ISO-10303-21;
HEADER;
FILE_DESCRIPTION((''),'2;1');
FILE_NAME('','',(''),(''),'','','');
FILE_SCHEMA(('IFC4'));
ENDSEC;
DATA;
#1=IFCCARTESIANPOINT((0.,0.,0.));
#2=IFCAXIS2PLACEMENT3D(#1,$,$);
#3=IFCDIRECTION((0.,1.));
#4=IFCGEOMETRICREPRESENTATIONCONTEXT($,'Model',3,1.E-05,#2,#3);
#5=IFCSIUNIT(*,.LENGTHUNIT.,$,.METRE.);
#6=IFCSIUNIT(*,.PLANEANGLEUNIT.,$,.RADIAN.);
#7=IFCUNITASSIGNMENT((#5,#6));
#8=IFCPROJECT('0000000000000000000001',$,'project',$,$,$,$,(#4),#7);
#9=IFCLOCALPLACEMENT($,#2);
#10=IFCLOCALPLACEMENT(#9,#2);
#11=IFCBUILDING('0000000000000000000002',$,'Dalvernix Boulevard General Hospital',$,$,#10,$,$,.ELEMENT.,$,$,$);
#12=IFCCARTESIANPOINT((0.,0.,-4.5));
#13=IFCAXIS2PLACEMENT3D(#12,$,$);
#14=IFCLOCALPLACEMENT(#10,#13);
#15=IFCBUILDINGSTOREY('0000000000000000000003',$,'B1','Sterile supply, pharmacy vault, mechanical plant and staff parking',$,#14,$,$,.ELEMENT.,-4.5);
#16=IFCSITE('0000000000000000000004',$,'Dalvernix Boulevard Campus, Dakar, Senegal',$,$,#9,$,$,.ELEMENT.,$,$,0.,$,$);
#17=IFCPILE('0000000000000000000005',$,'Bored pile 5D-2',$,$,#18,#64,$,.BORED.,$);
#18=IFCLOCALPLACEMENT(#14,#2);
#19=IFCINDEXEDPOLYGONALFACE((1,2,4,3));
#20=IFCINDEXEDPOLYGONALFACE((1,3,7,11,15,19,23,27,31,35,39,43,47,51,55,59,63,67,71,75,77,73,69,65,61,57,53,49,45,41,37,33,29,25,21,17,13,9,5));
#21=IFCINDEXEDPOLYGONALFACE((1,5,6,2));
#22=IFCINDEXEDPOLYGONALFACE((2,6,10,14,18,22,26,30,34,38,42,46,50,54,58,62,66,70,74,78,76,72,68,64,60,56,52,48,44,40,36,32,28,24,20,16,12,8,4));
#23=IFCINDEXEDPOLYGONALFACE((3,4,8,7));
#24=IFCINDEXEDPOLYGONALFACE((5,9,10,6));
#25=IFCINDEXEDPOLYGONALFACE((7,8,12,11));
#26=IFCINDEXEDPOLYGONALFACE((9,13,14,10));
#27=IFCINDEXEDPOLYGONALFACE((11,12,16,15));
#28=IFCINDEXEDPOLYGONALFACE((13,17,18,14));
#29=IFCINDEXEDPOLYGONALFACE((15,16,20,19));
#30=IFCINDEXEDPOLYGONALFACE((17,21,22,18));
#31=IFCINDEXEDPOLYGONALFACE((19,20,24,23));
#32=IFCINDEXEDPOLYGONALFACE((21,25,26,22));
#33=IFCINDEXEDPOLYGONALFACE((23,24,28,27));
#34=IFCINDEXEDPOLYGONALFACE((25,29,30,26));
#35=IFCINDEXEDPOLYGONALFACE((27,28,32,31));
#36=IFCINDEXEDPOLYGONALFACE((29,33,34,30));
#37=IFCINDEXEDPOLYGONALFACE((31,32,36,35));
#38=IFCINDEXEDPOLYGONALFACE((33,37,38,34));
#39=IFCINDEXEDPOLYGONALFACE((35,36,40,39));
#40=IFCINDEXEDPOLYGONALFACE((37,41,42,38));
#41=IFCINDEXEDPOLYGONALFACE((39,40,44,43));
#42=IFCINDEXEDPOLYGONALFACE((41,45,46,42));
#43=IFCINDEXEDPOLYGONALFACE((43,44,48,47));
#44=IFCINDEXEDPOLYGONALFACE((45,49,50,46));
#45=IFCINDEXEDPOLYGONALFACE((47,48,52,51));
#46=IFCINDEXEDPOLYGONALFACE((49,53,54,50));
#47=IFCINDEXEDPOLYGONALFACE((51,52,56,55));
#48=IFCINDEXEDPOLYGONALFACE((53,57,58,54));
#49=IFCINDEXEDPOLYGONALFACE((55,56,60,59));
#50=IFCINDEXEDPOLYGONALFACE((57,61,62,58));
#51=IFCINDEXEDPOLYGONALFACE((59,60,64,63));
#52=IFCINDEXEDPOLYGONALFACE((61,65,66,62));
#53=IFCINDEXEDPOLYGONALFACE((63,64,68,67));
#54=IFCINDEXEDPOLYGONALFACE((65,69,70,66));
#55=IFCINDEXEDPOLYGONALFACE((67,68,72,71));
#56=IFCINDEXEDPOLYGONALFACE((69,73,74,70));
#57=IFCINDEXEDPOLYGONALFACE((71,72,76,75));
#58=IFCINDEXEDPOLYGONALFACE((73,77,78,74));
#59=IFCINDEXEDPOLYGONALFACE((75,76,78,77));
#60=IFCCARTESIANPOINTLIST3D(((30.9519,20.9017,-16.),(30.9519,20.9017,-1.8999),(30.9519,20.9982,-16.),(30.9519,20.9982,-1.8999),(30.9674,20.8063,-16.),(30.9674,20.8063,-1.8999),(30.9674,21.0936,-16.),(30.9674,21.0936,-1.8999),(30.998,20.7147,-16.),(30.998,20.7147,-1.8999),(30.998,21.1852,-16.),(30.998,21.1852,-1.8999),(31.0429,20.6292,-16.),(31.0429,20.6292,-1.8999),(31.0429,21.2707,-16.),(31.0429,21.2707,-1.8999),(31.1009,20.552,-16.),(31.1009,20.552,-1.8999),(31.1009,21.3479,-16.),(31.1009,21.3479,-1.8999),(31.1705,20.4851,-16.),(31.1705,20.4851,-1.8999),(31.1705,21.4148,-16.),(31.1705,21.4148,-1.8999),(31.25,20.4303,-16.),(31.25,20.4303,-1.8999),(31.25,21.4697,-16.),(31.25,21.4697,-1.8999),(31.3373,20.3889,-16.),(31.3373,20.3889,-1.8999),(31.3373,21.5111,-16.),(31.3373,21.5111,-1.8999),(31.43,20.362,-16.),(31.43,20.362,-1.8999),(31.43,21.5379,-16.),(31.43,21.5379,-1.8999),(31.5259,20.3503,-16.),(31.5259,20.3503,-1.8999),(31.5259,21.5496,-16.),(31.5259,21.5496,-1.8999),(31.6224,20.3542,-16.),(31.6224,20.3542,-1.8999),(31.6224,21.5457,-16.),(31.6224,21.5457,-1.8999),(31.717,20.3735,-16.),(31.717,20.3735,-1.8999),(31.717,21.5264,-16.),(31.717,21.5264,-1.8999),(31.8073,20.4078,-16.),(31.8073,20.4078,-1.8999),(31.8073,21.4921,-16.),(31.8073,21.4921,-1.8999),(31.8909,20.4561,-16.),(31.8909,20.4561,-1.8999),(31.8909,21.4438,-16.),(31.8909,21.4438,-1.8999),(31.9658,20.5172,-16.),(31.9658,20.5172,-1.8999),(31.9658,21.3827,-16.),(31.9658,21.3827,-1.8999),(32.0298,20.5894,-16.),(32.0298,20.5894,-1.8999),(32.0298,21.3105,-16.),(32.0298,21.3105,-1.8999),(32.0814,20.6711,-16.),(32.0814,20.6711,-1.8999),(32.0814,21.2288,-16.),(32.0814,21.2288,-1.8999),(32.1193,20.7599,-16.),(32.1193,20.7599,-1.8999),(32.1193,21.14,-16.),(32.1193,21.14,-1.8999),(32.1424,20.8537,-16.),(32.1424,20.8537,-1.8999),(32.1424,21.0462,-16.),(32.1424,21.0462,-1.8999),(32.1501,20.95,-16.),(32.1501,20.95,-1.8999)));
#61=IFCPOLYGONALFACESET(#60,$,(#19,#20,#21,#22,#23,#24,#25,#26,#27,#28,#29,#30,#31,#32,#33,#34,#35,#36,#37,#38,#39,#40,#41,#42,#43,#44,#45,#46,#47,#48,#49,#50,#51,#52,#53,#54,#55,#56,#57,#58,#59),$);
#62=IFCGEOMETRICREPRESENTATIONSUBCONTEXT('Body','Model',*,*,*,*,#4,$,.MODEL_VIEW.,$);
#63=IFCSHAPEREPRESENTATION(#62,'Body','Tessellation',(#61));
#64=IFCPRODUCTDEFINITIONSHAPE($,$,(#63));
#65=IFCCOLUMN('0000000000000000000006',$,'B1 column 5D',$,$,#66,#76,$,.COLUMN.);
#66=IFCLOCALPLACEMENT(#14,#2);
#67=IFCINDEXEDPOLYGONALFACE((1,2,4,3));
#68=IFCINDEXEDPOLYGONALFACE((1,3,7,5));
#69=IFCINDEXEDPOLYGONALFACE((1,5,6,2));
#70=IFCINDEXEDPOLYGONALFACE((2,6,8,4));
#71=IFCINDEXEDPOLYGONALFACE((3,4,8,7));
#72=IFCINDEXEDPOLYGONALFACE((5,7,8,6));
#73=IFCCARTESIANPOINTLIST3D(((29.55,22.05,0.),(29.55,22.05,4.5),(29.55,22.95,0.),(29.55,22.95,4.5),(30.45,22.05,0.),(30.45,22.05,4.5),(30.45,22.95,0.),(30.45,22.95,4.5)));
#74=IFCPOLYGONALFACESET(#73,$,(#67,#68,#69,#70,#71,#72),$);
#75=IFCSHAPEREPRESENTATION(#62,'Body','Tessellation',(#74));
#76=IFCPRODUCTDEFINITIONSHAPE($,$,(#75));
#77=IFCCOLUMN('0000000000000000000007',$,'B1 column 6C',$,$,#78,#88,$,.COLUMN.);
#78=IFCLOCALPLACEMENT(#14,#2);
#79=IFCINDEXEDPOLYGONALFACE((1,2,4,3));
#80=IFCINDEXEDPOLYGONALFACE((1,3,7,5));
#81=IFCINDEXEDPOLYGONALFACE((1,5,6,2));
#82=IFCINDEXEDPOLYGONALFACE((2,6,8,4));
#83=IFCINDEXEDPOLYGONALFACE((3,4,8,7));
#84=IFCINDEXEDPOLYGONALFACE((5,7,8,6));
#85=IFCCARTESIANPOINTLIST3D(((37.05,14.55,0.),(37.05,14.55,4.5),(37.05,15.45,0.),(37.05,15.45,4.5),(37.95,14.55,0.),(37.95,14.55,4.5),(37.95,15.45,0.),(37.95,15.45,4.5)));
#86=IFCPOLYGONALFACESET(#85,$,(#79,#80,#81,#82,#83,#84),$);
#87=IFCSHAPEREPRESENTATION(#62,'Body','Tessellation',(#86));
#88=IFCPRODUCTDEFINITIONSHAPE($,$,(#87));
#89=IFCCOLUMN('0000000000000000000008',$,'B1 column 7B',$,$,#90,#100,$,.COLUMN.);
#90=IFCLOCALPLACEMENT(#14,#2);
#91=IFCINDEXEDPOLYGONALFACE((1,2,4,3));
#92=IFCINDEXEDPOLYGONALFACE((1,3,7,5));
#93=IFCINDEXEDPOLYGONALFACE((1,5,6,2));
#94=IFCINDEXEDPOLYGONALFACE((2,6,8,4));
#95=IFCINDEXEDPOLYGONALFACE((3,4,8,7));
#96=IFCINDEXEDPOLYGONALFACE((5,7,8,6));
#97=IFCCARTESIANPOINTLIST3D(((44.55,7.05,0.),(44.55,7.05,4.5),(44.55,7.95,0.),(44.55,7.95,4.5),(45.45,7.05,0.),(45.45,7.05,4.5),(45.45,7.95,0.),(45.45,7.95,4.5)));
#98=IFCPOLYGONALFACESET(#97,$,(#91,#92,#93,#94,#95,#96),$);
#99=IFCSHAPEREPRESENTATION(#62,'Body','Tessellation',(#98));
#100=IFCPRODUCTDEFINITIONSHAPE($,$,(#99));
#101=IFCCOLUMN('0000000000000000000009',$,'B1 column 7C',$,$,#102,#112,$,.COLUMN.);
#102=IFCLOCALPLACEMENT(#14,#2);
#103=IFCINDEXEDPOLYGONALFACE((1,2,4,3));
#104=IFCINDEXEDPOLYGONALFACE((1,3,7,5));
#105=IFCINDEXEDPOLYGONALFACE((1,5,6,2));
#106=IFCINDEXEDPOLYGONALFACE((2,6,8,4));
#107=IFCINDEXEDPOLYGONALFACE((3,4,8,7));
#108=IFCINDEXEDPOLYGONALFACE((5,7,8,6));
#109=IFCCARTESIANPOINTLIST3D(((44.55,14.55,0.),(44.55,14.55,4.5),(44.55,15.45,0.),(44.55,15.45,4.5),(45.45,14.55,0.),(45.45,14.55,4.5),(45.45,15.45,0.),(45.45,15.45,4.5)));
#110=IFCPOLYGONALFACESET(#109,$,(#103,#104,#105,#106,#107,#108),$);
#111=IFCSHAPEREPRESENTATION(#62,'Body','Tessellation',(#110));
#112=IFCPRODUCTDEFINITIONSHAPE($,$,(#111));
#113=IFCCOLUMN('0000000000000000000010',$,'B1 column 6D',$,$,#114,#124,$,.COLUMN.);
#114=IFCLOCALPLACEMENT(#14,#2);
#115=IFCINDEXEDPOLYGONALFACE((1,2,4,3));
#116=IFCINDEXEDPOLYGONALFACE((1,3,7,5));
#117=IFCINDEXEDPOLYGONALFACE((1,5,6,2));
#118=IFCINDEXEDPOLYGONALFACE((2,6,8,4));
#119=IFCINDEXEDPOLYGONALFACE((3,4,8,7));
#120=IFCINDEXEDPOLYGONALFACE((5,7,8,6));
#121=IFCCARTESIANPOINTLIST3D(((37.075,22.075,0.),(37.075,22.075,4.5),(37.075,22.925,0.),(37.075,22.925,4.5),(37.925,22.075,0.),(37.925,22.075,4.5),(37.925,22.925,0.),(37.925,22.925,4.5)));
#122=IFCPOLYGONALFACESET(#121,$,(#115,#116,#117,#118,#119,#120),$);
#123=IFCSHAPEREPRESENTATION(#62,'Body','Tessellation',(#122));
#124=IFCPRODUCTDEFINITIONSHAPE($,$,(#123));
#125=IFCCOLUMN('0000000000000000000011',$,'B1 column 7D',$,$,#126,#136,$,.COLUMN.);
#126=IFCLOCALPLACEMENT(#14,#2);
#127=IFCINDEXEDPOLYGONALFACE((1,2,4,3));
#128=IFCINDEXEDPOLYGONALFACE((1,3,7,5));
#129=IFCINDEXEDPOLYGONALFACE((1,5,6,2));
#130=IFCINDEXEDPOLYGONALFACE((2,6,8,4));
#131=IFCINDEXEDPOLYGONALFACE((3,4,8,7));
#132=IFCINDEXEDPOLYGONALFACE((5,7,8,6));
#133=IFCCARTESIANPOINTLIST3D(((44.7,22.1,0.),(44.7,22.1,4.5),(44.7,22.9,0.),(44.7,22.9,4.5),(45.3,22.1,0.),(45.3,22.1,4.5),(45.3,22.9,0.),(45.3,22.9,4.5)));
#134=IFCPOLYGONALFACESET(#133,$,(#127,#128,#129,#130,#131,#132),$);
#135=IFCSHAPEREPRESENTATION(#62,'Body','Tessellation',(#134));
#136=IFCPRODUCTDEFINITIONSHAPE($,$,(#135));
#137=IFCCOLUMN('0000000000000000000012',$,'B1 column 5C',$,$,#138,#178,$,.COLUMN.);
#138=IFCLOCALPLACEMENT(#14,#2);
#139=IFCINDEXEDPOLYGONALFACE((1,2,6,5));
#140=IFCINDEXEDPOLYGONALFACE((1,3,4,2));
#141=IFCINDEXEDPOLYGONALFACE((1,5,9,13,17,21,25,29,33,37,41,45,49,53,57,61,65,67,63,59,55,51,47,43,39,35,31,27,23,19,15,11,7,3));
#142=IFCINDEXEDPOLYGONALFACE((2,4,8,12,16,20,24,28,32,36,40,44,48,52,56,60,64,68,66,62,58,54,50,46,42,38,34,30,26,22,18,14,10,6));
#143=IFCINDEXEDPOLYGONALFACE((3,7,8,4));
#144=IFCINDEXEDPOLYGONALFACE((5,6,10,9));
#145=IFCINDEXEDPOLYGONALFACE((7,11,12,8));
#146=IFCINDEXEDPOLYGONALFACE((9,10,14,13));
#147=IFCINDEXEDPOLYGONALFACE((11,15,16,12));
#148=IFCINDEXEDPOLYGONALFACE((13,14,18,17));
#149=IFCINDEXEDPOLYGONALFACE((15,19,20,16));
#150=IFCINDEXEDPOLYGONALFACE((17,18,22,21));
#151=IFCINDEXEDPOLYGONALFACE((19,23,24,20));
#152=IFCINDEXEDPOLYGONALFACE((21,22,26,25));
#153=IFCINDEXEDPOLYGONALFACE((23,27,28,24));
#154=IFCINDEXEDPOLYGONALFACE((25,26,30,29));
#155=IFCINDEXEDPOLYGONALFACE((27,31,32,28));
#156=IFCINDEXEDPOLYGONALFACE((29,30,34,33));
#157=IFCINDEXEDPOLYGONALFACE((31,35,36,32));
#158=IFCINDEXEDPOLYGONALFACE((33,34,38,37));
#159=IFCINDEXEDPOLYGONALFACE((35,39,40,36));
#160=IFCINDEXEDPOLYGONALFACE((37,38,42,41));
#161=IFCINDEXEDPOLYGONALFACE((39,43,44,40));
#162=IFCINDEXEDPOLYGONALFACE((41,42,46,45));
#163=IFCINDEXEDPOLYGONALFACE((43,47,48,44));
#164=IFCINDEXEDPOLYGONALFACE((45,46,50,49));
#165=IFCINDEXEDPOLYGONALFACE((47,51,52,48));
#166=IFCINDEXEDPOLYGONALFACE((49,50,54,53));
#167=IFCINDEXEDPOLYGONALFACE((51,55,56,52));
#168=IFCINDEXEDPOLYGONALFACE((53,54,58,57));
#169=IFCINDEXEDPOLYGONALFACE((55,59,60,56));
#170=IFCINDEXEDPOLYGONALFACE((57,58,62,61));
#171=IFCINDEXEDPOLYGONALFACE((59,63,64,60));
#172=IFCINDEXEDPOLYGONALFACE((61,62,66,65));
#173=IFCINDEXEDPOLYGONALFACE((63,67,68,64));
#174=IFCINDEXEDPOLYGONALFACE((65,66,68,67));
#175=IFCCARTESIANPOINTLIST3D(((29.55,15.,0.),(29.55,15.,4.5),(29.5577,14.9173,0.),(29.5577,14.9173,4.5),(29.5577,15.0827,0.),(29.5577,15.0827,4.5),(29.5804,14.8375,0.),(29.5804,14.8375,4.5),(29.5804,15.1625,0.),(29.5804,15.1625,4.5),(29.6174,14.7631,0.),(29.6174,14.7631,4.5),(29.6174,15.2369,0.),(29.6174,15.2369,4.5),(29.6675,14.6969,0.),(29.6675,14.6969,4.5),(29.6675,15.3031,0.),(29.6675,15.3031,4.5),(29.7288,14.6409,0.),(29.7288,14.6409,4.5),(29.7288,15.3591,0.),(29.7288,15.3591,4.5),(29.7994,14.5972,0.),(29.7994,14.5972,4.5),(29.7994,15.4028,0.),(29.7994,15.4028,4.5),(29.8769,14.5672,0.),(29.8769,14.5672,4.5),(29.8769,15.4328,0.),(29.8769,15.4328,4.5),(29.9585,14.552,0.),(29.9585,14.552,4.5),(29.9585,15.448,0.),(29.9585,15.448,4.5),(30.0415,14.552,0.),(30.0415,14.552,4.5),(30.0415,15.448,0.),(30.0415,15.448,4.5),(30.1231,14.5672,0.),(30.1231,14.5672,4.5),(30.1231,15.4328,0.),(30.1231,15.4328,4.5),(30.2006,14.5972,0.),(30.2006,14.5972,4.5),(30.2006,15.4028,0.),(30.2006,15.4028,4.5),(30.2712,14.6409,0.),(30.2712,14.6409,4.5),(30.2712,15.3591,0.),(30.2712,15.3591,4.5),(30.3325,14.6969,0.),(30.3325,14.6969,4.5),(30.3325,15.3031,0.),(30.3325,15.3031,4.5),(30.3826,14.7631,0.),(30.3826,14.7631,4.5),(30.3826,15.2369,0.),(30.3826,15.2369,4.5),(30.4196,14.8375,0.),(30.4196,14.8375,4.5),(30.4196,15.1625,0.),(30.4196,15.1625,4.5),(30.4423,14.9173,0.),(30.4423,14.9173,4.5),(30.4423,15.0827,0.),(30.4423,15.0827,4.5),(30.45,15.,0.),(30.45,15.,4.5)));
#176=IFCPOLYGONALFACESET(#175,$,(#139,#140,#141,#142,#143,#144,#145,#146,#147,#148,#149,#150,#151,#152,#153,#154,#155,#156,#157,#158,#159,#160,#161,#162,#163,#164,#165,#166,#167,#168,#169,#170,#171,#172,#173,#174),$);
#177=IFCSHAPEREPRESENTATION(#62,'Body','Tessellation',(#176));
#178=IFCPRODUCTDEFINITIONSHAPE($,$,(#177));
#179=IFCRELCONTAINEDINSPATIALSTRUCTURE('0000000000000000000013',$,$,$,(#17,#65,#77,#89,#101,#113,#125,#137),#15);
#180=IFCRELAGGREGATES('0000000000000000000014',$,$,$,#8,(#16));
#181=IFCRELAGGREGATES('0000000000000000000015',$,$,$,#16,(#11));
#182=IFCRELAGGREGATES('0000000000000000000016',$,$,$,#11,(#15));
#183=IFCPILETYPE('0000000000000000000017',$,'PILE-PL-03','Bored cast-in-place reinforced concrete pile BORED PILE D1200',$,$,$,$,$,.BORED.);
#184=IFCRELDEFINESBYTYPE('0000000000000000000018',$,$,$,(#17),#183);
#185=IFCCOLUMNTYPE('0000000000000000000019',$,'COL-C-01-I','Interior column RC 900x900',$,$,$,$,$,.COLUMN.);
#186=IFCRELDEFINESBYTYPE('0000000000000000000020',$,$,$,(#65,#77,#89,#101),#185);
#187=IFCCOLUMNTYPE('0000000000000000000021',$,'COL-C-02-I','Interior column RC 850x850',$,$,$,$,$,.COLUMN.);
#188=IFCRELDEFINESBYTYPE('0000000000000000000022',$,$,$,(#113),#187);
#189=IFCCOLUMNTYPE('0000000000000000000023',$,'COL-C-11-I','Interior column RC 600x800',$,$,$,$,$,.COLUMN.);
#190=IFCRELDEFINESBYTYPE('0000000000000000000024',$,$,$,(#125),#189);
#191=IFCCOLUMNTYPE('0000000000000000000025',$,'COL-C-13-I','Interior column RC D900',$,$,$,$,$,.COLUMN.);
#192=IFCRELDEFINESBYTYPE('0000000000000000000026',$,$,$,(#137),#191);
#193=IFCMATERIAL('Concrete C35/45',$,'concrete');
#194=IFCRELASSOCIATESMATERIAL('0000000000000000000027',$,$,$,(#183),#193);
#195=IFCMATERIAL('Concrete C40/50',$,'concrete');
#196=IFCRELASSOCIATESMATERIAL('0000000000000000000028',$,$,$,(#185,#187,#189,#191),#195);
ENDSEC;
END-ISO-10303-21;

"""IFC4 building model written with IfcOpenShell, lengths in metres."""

from ifc_helpers import new_model, si_unit, direction, frame, origin, origin_2d, place, context, subcontext, project, spatial, rectangle, circle, extrude, material, material_profile, profile_set, type_object, element, save


model = new_model("IFC4")

# Units and contexts
model_context = context("Model", 3, precision=1e-05, world=origin(), true_north=direction((0.0, 1.0)))
body_context = subcontext(model_context, "Body", "Model", "MODEL_VIEW")
ifc_project = project(units=[si_unit("LENGTHUNIT", "METRE"), si_unit("PLANEANGLEUNIT", "RADIAN")], contexts=[model_context])

# Site, building, storey
site_placement = place(None, origin())
site = spatial("IfcSite", under=ifc_project, at=site_placement, Name="Dalvernix Boulevard Campus, Dakar, Senegal", CompositionType="ELEMENT", RefElevation=0.0)
building_placement = place(site_placement, origin())
building = spatial("IfcBuilding", under=site, at=building_placement, Name="Dalvernix Boulevard General Hospital", CompositionType="ELEMENT")
storey_placement = place(building_placement, frame((0.0, 0.0, -4.5)))
storey = spatial("IfcBuildingStorey", under=building, at=storey_placement, Name="B1", Description="Sterile supply, pharmacy vault, mechanical plant and staff parking", CompositionType="ELEMENT", Elevation=-4.5)

# Shared definitions
ifc_material_1 = material(Name="Concrete C35/45", Category="concrete")
ifc_material_2 = material(Name="Concrete C40/50", Category="concrete")

# Pile
ifc_material_profile_1 = material_profile(ifc_material_1, circle(Radius=0.6001, at=origin_2d()), Name="BORED PILE D1200")
ifc_profile_set_1 = profile_set([ifc_material_profile_1], Name="Concrete C35/45")
pile_type_1 = type_object("IfcPileType", Name="PILE-PL-03", Description="Bored cast-in-place reinforced concrete pile BORED PILE D1200", PredefinedType="BORED", material=ifc_profile_set_1)
for number, where, z_axis, x_axis, name in (
    (1, (31.55, 20.95, -1.8999), (0.0, 0.0, -1.0), (1.0, 0.0, 0.0), "Bored pile 5D-2"),
):
    element("IfcPile", number, at=place(storey_placement, frame(where, z_axis=z_axis, x_axis=x_axis)), inside=storey, type_object=pile_type_1, Name=name, PredefinedType="BORED", context=body_context, shape_type="SweptSolid", body=[
        extrude(circle(Radius=0.6001, at=origin_2d()), origin(), (0.0, 0.0, 1.0), 14.1001),
    ])

# Columns
ifc_material_profile_2 = material_profile(ifc_material_2, rectangle(XDim=0.8999, YDim=0.8999, at=origin_2d()), Name="RC 900x900")
ifc_profile_set_2 = profile_set([ifc_material_profile_2], Name="Concrete C40/50")
column_type_1 = type_object("IfcColumnType", Name="COL-C-01-I", Description="Interior column RC 900x900", PredefinedType="COLUMN", material=ifc_profile_set_2)
for number, where, z_axis, x_axis, name in (
    (2, (30.0, 22.5, 0.0), (0.0, 0.0, 1.0), (1.0, 0.0, 0.0), "B1 column 5D"),
    (3, (37.5, 15.0, 0.0), (0.0, 0.0, 1.0), (1.0, 0.0, 0.0), "B1 column 6C"),
    (4, (45.0, 7.5, 0.0), (0.0, 0.0, 1.0), (1.0, 0.0, 0.0), "B1 column 7B"),
    (5, (45.0, 15.0, 0.0), (0.0, 0.0, 1.0), (1.0, 0.0, 0.0), "B1 column 7C"),
):
    element("IfcColumn", number, at=place(storey_placement, frame(where, z_axis=z_axis, x_axis=x_axis)), inside=storey, type_object=column_type_1, Name=name, PredefinedType="COLUMN", context=body_context, shape_type="SweptSolid", body=[
        extrude(rectangle(XDim=0.8999, YDim=0.8999, at=origin_2d()), origin(), (0.0, 0.0, 1.0), 4.5),
    ])
ifc_material_profile_3 = material_profile(ifc_material_2, rectangle(XDim=0.8501, YDim=0.8501, at=origin_2d()), Name="RC 850x850")
ifc_profile_set_3 = profile_set([ifc_material_profile_3], Name="Concrete C40/50")
column_type_2 = type_object("IfcColumnType", Name="COL-C-02-I", Description="Interior column RC 850x850", PredefinedType="COLUMN", material=ifc_profile_set_3)
column_1_placement = place(storey_placement, frame((37.5, 22.5, 0.0), z_axis=(0.0, 0.0, 1.0), x_axis=(1.0, 0.0, 0.0)))
element("IfcColumn", 6, at=column_1_placement, inside=storey, type_object=column_type_2, Name="B1 column 6D", PredefinedType="COLUMN", context=body_context, shape_type="SweptSolid", body=[
    extrude(rectangle(XDim=0.8501, YDim=0.8501, at=origin_2d()), origin(), (0.0, 0.0, 1.0), 4.5),
])
ifc_material_profile_4 = material_profile(ifc_material_2, rectangle(XDim=0.6001, YDim=0.8, at=origin_2d()), Name="RC 600x800")
ifc_profile_set_4 = profile_set([ifc_material_profile_4], Name="Concrete C40/50")
column_type_3 = type_object("IfcColumnType", Name="COL-C-11-I", Description="Interior column RC 600x800", PredefinedType="COLUMN", material=ifc_profile_set_4)
column_2_placement = place(storey_placement, frame((45.0, 22.5, 0.0), z_axis=(0.0, 0.0, 1.0), x_axis=(1.0, 0.0, 0.0)))
element("IfcColumn", 7, at=column_2_placement, inside=storey, type_object=column_type_3, Name="B1 column 7D", PredefinedType="COLUMN", context=body_context, shape_type="SweptSolid", body=[
    extrude(rectangle(XDim=0.6001, YDim=0.8, at=origin_2d()), origin(), (0.0, 0.0, 1.0), 4.5),
])
ifc_material_profile_5 = material_profile(ifc_material_2, circle(Radius=0.45, at=origin_2d()), Name="RC D900")
ifc_profile_set_5 = profile_set([ifc_material_profile_5], Name="Concrete C40/50")
column_type_4 = type_object("IfcColumnType", Name="COL-C-13-I", Description="Interior column RC D900", PredefinedType="COLUMN", material=ifc_profile_set_5)
column_3_placement = place(storey_placement, frame((30.0, 15.0, 0.0), z_axis=(0.0, 0.0, 1.0), x_axis=(1.0, 0.0, 0.0)))
element("IfcColumn", 8, at=column_3_placement, inside=storey, type_object=column_type_4, Name="B1 column 5C", PredefinedType="COLUMN", context=body_context, shape_type="SweptSolid", body=[
    extrude(circle(Radius=0.45, at=origin_2d()), origin(), (0.0, 0.0, 1.0), 4.5),
])

save(model, "model.ifc")
